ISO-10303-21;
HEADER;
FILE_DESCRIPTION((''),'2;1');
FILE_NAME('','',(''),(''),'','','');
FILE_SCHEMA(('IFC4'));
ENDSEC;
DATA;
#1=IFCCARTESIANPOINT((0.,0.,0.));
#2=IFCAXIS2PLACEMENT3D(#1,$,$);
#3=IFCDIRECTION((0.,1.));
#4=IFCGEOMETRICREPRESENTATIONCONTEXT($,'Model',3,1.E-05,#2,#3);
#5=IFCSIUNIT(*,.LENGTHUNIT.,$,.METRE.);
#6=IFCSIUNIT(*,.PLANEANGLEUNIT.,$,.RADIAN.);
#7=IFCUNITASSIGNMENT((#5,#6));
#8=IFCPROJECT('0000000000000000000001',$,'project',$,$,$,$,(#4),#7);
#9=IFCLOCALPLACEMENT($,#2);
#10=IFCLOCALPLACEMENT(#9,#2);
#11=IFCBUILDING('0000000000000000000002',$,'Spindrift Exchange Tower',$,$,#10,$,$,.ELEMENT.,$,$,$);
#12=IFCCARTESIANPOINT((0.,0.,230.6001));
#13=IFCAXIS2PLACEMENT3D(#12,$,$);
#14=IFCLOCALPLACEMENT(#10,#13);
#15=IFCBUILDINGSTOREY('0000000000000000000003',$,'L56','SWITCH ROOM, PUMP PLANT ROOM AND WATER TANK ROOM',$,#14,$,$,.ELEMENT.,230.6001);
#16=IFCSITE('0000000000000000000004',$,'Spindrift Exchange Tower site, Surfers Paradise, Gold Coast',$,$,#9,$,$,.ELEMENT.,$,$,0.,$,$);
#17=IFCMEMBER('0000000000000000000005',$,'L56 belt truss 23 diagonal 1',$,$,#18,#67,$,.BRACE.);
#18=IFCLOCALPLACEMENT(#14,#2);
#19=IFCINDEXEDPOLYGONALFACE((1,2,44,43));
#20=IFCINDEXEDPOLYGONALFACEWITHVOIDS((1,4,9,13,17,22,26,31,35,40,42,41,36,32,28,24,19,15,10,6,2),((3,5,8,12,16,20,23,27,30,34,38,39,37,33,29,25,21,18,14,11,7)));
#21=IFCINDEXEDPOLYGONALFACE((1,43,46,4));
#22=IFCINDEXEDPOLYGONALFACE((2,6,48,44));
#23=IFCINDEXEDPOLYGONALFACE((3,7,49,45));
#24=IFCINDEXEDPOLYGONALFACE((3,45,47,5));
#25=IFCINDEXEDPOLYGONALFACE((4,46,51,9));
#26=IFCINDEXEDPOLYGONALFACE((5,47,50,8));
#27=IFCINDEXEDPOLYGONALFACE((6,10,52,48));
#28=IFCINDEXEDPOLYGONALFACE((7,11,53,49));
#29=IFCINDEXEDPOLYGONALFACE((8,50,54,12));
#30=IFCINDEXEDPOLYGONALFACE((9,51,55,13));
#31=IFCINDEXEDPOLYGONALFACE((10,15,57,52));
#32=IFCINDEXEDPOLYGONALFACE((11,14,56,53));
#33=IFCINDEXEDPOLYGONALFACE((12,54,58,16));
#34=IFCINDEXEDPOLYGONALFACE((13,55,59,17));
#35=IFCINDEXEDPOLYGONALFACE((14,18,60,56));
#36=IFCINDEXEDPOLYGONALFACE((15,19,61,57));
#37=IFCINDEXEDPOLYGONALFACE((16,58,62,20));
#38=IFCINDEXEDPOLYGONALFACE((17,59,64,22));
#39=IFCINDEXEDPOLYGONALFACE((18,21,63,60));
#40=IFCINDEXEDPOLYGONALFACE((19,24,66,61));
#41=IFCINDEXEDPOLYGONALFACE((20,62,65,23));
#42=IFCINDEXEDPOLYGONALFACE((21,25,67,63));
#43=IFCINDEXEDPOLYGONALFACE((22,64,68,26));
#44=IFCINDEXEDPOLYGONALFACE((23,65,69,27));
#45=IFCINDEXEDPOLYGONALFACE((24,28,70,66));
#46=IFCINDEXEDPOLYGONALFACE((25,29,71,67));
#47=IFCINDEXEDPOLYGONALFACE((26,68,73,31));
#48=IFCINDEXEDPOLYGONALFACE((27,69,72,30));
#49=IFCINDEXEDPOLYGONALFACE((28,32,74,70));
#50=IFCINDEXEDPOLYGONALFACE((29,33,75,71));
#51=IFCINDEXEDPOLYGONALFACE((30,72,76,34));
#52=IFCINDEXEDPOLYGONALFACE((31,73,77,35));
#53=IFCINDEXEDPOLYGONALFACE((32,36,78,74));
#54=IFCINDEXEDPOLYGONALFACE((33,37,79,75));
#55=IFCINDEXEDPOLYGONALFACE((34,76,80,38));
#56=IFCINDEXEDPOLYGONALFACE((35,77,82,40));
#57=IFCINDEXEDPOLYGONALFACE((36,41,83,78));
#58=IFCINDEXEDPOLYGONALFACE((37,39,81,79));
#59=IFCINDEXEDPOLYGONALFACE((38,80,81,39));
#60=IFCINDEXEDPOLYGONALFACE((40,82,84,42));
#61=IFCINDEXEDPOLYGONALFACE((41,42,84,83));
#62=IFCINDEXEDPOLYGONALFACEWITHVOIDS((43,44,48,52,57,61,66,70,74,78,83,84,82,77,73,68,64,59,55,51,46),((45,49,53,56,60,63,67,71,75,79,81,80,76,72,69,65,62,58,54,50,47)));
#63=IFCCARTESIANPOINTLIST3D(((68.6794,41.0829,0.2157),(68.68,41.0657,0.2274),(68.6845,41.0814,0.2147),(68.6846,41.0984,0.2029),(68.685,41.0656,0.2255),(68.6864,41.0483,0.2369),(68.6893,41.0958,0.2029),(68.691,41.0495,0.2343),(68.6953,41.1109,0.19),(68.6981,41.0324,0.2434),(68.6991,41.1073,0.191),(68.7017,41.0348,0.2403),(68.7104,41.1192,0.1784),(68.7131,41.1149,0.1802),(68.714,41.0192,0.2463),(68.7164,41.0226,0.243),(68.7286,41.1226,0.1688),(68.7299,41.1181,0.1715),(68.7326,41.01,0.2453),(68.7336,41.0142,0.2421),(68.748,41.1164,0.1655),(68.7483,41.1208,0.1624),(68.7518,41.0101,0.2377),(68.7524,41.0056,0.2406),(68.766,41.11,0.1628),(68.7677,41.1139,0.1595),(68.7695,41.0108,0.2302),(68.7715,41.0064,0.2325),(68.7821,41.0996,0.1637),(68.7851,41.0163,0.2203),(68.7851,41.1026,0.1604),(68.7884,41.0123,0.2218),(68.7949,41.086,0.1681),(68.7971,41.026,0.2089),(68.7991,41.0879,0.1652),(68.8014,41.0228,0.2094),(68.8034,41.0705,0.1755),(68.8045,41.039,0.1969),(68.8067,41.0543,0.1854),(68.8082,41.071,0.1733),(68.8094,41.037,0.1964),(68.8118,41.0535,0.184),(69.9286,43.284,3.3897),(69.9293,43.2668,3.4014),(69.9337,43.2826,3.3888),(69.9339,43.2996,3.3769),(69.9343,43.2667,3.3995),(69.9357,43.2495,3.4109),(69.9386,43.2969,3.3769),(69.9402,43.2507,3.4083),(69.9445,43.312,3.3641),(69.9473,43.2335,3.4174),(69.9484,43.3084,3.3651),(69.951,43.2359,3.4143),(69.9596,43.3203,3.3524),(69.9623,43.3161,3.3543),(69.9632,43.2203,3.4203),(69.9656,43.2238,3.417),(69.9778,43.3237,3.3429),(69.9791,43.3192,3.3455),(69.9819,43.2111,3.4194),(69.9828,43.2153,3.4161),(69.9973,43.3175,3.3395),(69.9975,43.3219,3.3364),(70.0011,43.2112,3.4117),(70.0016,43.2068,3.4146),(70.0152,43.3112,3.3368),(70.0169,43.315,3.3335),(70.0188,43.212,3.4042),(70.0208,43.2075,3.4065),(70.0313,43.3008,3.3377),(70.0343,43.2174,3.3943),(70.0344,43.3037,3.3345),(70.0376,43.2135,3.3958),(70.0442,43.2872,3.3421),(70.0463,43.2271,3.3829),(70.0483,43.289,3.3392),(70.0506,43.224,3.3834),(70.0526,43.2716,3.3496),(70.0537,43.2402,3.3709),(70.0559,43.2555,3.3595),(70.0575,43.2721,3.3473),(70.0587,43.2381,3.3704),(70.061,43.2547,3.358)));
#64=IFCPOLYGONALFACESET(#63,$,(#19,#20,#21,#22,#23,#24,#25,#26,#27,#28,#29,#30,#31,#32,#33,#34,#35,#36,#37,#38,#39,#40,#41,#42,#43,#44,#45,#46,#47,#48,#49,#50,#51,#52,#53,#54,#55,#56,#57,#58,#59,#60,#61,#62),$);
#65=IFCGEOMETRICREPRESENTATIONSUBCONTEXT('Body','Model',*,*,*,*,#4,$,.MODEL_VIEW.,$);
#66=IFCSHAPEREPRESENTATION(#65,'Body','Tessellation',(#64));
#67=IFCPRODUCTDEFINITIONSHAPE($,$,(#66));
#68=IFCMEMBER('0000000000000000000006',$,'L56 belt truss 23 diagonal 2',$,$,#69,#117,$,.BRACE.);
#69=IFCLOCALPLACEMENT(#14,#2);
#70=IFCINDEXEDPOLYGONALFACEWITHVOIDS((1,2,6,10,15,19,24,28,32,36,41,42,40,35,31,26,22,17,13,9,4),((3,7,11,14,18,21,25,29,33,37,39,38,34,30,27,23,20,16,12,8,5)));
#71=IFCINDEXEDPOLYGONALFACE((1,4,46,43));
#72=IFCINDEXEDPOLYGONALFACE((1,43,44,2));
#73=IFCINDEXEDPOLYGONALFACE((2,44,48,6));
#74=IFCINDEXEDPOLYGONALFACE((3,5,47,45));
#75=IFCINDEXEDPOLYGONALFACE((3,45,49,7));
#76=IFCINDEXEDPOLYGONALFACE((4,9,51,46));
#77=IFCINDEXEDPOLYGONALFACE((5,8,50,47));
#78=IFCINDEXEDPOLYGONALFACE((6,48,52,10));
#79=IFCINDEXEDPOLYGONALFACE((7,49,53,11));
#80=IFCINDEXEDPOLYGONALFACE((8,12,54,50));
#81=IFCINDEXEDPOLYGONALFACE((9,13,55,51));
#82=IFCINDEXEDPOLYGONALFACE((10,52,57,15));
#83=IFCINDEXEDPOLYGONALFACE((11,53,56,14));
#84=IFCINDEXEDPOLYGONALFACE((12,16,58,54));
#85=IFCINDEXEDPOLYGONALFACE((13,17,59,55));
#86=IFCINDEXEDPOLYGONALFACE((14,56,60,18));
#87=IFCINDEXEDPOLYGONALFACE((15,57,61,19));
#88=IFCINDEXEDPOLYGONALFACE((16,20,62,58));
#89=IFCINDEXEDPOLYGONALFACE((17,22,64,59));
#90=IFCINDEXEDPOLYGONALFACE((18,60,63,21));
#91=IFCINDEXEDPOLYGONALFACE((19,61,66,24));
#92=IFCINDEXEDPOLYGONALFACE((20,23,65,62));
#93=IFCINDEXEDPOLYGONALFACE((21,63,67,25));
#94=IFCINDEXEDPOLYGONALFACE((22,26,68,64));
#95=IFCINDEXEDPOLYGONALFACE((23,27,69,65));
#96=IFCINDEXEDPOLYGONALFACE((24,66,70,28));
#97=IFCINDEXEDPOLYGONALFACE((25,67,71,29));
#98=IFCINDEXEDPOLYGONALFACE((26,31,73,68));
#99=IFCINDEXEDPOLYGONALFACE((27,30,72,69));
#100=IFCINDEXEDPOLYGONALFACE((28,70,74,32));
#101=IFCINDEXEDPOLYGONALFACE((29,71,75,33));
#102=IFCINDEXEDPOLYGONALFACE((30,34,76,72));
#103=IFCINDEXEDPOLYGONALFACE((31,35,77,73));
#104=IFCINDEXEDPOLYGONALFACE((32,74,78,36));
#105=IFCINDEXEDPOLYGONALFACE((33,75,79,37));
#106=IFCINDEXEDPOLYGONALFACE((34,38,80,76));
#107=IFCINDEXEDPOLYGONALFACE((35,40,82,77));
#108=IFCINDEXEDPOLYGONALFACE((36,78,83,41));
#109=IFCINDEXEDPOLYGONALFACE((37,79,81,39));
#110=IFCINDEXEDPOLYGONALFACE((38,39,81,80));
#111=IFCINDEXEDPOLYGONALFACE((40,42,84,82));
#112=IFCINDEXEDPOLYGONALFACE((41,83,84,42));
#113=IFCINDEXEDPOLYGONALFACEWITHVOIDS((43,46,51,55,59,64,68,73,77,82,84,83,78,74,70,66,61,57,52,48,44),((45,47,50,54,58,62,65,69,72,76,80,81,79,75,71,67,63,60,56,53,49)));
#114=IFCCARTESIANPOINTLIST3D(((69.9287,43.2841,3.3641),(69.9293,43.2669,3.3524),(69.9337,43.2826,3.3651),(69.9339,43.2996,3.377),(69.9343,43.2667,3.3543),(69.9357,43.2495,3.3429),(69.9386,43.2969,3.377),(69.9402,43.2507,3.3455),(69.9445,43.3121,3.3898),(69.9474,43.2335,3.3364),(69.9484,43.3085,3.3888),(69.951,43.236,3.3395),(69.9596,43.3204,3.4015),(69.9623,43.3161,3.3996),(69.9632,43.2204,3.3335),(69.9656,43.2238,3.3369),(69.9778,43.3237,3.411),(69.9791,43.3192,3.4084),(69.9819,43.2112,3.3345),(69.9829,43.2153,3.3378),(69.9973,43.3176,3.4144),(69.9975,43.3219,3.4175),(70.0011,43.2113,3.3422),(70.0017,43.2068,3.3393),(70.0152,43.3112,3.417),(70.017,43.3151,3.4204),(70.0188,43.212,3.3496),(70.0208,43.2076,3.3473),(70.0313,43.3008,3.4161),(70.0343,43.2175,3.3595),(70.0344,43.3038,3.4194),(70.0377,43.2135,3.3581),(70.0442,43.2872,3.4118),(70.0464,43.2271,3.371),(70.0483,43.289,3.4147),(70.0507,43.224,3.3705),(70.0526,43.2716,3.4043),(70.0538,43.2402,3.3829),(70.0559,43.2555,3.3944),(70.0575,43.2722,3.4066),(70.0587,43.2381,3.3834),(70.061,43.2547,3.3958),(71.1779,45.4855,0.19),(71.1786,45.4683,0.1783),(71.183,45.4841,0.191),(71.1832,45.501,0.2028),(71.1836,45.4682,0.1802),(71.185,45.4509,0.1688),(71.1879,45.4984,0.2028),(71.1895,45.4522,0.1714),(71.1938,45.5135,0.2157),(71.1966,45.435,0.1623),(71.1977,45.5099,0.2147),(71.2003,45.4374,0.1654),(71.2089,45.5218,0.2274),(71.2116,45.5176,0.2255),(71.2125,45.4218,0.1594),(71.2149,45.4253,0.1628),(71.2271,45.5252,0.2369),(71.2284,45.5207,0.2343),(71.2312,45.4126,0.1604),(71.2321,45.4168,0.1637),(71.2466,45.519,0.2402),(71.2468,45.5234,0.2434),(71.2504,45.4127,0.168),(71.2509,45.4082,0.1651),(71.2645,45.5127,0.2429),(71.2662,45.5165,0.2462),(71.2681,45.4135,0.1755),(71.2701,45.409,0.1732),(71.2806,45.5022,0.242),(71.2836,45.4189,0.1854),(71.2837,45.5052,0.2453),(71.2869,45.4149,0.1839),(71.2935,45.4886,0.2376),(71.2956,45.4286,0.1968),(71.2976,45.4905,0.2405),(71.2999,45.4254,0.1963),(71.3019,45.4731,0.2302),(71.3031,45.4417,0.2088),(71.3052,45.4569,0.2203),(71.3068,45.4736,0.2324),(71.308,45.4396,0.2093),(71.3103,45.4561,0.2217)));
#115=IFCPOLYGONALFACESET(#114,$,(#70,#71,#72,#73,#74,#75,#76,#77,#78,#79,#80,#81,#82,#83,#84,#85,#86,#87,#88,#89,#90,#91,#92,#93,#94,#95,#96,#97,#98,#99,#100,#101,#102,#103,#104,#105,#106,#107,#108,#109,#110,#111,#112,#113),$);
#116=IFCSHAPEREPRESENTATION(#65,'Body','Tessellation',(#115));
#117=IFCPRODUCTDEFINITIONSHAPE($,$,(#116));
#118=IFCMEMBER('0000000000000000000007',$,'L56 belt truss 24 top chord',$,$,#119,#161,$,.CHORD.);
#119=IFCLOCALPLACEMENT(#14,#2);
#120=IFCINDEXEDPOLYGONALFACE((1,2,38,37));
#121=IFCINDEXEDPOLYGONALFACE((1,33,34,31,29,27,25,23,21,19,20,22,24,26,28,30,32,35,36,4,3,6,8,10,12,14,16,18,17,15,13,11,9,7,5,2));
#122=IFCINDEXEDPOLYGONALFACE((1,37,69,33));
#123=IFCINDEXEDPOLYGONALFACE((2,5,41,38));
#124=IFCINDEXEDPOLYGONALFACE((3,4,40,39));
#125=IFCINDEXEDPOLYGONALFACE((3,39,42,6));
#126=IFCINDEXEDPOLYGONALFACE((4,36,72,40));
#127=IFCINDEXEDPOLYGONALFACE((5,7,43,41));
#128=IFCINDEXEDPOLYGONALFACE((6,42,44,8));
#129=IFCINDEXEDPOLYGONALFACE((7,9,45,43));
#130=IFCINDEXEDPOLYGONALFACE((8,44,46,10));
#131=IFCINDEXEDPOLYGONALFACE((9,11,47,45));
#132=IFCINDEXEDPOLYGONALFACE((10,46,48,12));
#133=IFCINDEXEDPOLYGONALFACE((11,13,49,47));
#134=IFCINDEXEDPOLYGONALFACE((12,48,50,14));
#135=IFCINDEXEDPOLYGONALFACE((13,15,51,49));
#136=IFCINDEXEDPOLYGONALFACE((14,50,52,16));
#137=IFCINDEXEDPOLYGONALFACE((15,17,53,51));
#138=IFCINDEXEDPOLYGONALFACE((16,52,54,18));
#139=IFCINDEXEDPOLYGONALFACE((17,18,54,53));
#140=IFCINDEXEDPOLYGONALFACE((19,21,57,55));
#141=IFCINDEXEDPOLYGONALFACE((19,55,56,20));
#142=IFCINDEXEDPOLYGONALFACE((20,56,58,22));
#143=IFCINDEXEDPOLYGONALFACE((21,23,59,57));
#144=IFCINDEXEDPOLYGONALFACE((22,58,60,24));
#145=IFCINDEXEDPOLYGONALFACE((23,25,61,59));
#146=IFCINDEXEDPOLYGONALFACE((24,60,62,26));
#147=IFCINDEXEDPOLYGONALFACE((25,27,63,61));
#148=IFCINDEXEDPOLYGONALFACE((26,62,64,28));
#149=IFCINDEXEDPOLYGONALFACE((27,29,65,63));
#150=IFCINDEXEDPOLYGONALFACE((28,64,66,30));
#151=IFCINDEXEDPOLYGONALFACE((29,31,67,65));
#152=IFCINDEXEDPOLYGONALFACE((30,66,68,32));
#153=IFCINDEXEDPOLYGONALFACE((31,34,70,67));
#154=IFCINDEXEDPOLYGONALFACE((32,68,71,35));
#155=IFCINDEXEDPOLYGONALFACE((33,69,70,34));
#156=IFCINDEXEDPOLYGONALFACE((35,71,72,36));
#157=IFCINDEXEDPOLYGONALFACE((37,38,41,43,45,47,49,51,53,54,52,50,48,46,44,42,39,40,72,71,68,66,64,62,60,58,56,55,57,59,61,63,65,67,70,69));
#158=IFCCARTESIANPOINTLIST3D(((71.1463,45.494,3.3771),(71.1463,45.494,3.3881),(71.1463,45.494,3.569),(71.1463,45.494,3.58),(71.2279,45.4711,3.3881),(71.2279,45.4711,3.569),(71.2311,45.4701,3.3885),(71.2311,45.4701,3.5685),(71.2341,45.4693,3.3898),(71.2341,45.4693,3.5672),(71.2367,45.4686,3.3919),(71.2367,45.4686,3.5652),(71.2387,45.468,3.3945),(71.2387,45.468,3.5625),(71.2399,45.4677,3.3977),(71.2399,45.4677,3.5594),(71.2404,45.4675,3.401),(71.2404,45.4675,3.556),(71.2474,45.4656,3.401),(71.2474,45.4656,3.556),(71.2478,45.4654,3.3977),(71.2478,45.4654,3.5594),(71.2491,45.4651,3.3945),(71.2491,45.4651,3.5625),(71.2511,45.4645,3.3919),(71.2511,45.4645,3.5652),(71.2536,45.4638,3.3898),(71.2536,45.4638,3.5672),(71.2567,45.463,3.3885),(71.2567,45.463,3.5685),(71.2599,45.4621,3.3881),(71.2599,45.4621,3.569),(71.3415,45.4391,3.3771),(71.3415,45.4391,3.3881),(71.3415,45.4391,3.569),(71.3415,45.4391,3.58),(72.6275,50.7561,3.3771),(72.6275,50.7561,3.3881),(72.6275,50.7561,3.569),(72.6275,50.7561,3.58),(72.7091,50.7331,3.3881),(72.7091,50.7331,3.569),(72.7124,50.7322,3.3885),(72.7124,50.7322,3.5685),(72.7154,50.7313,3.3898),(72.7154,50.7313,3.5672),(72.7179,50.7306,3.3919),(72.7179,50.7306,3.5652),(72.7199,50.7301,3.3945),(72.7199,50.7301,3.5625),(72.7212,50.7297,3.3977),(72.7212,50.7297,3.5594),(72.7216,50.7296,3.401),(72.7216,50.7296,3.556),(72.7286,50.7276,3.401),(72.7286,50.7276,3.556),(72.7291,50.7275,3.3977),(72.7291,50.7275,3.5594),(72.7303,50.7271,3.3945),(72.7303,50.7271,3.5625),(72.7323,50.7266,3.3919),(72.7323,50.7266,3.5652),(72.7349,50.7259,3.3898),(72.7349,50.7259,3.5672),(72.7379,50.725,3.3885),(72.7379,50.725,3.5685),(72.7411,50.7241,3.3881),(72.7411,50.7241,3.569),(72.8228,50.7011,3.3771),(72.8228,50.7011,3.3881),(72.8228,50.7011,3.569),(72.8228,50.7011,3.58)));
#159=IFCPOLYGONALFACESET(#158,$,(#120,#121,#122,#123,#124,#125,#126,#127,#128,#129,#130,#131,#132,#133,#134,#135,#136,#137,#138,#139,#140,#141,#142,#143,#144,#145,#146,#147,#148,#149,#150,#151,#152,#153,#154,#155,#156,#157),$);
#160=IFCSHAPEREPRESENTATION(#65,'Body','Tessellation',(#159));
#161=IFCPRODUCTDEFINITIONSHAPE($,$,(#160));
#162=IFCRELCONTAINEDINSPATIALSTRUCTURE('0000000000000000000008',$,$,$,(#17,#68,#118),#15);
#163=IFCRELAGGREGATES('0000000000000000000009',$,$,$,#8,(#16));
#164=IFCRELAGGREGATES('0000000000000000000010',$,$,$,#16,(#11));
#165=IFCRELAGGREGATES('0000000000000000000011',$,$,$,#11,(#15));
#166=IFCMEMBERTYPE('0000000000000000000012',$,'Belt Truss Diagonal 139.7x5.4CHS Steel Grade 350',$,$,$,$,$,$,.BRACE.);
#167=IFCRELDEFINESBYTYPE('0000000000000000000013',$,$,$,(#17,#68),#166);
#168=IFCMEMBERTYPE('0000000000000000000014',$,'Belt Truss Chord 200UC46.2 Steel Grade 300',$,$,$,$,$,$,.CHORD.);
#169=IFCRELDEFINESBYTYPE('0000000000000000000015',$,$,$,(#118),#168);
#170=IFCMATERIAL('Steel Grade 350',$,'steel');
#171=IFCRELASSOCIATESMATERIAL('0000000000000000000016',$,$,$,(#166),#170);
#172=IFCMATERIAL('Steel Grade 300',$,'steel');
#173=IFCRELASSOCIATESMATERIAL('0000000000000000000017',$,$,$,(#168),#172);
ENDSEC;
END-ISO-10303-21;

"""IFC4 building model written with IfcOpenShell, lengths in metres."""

from ifc_helpers import new_model, si_unit, direction, frame, origin, origin_2d, place, context, subcontext, project, spatial, hollow_circle, i_section, extrude, source, transform, mapped, material, material_profile, profile_set, type_object, element, save


model = new_model("IFC4")

# Units and contexts
model_context = context("Model", 3, precision=1e-05, world=origin(), true_north=direction((0.0, 1.0)))
body_context = subcontext(model_context, "Body", "Model", "MODEL_VIEW")
ifc_project = project(units=[si_unit("LENGTHUNIT", "METRE"), si_unit("PLANEANGLEUNIT", "RADIAN")], contexts=[model_context])

# Site, building, storey
site_placement = place(None, origin())
site = spatial("IfcSite", under=ifc_project, at=site_placement, Name="Spindrift Exchange Tower site, Surfers Paradise, Gold Coast", CompositionType="ELEMENT", RefElevation=0.0)
building_placement = place(site_placement, origin())
building = spatial("IfcBuilding", under=site, at=building_placement, Name="Spindrift Exchange Tower", CompositionType="ELEMENT")
storey_placement = place(building_placement, frame((0.0, 0.0, 230.6001)))
storey = spatial("IfcBuildingStorey", under=building, at=storey_placement, Name="L56", Description="SWITCH ROOM, PUMP PLANT ROOM AND WATER TANK ROOM", CompositionType="ELEMENT", Elevation=230.6001)

# Shared definitions
ifc_material_1 = material(Name="Steel Grade 300", Category="steel")

# Members
ifc_material_2 = material(Name="Steel Grade 350", Category="steel")
ifc_material_profile_1 = material_profile(ifc_material_2, hollow_circle(Radius=0.0698, WallThickness=0.0054, at=origin_2d()), Name="139.7x5.4CHS")
ifc_profile_set_1 = profile_set([ifc_material_profile_1], Name="Steel Grade 350")
member_type_1 = type_object("IfcMemberType", Name="Belt Truss Diagonal 139.7x5.4CHS Steel Grade 350", PredefinedType="BRACE", material=ifc_profile_set_1)
ifc_material_profile_2 = material_profile(ifc_material_1, i_section(OverallWidth=0.2029, OverallDepth=0.2029, WebThickness=0.0073, FlangeThickness=0.011, FilletRadius=0.0129, at=origin_2d()), Name="200UC46.2")
ifc_profile_set_2 = profile_set([ifc_material_profile_2], Name="Steel Grade 300")
member_type_2 = type_object("IfcMemberType", Name="Belt Truss Chord 200UC46.2 Steel Grade 300", PredefinedType="CHORD", material=ifc_profile_set_2)
shared_shape_1 = source(origin(), body_context, "Body", "SweptSolid", [
    extrude(hollow_circle(Radius=0.0698, WallThickness=0.0054, at=origin_2d()), origin(), (0.0, 0.0, 1.0), 4.0596),
])
member_1_placement = place(storey_placement, frame((68.7454, 41.064, 0.2029), z_axis=(0.30773, 0.542211, 0.781863), x_axis=(-0.869694, 0.493592, 0.0)))
element("IfcMember", 1, at=member_1_placement, inside=storey, type_object=member_type_1, Name="L56 belt truss 23 diagonal 1", PredefinedType="BRACE", context=body_context, shape_type="MappedRepresentation", body=[
    mapped(shared_shape_1, transform((0.0, 0.0, 0.0), scale=1.0)),
])
shared_shape_2 = source(origin(), body_context, "Body", "SweptSolid", [
    extrude(hollow_circle(Radius=0.0698, WallThickness=0.0054, at=origin_2d()), origin(), (0.0, 0.0, 1.0), 4.0598),
])
member_2_placement = place(storey_placement, frame((69.9946, 43.2651, 3.377), z_axis=(0.30772, 0.542253, -0.781838), x_axis=(-0.869717, 0.49355, 0.0)))
element("IfcMember", 2, at=member_2_placement, inside=storey, type_object=member_type_1, Name="L56 belt truss 23 diagonal 2", PredefinedType="BRACE", context=body_context, shape_type="MappedRepresentation", body=[
    mapped(shared_shape_2, transform((0.0, 0.0, 0.0), scale=1.0)),
])
shared_shape_3 = source(origin(), body_context, "Body", "SweptSolid", [
    extrude(i_section(OverallWidth=0.2029, OverallDepth=0.2029, WebThickness=0.0073, FlangeThickness=0.011, FilletRadius=0.0129, at=origin_2d()), origin(), (0.0, 0.0, 1.0), 5.4666),
])
for number, where, z_axis, x_axis, name in (
    (3, (71.2439, 45.4666, 3.4785), (0.270962, 0.96259, 0.0), (-0.96259, 0.270962, 0.0), "L56 belt truss 24 top chord"),
):
    element("IfcMember", number, at=place(storey_placement, frame(where, z_axis=z_axis, x_axis=x_axis)), inside=storey, type_object=member_type_2, Name=name, PredefinedType="CHORD", context=body_context, shape_type="MappedRepresentation", body=[
        mapped(shared_shape_3, transform((0.0, 0.0, 0.0), scale=1.0)),
    ])

save(model, "model.ifc")
